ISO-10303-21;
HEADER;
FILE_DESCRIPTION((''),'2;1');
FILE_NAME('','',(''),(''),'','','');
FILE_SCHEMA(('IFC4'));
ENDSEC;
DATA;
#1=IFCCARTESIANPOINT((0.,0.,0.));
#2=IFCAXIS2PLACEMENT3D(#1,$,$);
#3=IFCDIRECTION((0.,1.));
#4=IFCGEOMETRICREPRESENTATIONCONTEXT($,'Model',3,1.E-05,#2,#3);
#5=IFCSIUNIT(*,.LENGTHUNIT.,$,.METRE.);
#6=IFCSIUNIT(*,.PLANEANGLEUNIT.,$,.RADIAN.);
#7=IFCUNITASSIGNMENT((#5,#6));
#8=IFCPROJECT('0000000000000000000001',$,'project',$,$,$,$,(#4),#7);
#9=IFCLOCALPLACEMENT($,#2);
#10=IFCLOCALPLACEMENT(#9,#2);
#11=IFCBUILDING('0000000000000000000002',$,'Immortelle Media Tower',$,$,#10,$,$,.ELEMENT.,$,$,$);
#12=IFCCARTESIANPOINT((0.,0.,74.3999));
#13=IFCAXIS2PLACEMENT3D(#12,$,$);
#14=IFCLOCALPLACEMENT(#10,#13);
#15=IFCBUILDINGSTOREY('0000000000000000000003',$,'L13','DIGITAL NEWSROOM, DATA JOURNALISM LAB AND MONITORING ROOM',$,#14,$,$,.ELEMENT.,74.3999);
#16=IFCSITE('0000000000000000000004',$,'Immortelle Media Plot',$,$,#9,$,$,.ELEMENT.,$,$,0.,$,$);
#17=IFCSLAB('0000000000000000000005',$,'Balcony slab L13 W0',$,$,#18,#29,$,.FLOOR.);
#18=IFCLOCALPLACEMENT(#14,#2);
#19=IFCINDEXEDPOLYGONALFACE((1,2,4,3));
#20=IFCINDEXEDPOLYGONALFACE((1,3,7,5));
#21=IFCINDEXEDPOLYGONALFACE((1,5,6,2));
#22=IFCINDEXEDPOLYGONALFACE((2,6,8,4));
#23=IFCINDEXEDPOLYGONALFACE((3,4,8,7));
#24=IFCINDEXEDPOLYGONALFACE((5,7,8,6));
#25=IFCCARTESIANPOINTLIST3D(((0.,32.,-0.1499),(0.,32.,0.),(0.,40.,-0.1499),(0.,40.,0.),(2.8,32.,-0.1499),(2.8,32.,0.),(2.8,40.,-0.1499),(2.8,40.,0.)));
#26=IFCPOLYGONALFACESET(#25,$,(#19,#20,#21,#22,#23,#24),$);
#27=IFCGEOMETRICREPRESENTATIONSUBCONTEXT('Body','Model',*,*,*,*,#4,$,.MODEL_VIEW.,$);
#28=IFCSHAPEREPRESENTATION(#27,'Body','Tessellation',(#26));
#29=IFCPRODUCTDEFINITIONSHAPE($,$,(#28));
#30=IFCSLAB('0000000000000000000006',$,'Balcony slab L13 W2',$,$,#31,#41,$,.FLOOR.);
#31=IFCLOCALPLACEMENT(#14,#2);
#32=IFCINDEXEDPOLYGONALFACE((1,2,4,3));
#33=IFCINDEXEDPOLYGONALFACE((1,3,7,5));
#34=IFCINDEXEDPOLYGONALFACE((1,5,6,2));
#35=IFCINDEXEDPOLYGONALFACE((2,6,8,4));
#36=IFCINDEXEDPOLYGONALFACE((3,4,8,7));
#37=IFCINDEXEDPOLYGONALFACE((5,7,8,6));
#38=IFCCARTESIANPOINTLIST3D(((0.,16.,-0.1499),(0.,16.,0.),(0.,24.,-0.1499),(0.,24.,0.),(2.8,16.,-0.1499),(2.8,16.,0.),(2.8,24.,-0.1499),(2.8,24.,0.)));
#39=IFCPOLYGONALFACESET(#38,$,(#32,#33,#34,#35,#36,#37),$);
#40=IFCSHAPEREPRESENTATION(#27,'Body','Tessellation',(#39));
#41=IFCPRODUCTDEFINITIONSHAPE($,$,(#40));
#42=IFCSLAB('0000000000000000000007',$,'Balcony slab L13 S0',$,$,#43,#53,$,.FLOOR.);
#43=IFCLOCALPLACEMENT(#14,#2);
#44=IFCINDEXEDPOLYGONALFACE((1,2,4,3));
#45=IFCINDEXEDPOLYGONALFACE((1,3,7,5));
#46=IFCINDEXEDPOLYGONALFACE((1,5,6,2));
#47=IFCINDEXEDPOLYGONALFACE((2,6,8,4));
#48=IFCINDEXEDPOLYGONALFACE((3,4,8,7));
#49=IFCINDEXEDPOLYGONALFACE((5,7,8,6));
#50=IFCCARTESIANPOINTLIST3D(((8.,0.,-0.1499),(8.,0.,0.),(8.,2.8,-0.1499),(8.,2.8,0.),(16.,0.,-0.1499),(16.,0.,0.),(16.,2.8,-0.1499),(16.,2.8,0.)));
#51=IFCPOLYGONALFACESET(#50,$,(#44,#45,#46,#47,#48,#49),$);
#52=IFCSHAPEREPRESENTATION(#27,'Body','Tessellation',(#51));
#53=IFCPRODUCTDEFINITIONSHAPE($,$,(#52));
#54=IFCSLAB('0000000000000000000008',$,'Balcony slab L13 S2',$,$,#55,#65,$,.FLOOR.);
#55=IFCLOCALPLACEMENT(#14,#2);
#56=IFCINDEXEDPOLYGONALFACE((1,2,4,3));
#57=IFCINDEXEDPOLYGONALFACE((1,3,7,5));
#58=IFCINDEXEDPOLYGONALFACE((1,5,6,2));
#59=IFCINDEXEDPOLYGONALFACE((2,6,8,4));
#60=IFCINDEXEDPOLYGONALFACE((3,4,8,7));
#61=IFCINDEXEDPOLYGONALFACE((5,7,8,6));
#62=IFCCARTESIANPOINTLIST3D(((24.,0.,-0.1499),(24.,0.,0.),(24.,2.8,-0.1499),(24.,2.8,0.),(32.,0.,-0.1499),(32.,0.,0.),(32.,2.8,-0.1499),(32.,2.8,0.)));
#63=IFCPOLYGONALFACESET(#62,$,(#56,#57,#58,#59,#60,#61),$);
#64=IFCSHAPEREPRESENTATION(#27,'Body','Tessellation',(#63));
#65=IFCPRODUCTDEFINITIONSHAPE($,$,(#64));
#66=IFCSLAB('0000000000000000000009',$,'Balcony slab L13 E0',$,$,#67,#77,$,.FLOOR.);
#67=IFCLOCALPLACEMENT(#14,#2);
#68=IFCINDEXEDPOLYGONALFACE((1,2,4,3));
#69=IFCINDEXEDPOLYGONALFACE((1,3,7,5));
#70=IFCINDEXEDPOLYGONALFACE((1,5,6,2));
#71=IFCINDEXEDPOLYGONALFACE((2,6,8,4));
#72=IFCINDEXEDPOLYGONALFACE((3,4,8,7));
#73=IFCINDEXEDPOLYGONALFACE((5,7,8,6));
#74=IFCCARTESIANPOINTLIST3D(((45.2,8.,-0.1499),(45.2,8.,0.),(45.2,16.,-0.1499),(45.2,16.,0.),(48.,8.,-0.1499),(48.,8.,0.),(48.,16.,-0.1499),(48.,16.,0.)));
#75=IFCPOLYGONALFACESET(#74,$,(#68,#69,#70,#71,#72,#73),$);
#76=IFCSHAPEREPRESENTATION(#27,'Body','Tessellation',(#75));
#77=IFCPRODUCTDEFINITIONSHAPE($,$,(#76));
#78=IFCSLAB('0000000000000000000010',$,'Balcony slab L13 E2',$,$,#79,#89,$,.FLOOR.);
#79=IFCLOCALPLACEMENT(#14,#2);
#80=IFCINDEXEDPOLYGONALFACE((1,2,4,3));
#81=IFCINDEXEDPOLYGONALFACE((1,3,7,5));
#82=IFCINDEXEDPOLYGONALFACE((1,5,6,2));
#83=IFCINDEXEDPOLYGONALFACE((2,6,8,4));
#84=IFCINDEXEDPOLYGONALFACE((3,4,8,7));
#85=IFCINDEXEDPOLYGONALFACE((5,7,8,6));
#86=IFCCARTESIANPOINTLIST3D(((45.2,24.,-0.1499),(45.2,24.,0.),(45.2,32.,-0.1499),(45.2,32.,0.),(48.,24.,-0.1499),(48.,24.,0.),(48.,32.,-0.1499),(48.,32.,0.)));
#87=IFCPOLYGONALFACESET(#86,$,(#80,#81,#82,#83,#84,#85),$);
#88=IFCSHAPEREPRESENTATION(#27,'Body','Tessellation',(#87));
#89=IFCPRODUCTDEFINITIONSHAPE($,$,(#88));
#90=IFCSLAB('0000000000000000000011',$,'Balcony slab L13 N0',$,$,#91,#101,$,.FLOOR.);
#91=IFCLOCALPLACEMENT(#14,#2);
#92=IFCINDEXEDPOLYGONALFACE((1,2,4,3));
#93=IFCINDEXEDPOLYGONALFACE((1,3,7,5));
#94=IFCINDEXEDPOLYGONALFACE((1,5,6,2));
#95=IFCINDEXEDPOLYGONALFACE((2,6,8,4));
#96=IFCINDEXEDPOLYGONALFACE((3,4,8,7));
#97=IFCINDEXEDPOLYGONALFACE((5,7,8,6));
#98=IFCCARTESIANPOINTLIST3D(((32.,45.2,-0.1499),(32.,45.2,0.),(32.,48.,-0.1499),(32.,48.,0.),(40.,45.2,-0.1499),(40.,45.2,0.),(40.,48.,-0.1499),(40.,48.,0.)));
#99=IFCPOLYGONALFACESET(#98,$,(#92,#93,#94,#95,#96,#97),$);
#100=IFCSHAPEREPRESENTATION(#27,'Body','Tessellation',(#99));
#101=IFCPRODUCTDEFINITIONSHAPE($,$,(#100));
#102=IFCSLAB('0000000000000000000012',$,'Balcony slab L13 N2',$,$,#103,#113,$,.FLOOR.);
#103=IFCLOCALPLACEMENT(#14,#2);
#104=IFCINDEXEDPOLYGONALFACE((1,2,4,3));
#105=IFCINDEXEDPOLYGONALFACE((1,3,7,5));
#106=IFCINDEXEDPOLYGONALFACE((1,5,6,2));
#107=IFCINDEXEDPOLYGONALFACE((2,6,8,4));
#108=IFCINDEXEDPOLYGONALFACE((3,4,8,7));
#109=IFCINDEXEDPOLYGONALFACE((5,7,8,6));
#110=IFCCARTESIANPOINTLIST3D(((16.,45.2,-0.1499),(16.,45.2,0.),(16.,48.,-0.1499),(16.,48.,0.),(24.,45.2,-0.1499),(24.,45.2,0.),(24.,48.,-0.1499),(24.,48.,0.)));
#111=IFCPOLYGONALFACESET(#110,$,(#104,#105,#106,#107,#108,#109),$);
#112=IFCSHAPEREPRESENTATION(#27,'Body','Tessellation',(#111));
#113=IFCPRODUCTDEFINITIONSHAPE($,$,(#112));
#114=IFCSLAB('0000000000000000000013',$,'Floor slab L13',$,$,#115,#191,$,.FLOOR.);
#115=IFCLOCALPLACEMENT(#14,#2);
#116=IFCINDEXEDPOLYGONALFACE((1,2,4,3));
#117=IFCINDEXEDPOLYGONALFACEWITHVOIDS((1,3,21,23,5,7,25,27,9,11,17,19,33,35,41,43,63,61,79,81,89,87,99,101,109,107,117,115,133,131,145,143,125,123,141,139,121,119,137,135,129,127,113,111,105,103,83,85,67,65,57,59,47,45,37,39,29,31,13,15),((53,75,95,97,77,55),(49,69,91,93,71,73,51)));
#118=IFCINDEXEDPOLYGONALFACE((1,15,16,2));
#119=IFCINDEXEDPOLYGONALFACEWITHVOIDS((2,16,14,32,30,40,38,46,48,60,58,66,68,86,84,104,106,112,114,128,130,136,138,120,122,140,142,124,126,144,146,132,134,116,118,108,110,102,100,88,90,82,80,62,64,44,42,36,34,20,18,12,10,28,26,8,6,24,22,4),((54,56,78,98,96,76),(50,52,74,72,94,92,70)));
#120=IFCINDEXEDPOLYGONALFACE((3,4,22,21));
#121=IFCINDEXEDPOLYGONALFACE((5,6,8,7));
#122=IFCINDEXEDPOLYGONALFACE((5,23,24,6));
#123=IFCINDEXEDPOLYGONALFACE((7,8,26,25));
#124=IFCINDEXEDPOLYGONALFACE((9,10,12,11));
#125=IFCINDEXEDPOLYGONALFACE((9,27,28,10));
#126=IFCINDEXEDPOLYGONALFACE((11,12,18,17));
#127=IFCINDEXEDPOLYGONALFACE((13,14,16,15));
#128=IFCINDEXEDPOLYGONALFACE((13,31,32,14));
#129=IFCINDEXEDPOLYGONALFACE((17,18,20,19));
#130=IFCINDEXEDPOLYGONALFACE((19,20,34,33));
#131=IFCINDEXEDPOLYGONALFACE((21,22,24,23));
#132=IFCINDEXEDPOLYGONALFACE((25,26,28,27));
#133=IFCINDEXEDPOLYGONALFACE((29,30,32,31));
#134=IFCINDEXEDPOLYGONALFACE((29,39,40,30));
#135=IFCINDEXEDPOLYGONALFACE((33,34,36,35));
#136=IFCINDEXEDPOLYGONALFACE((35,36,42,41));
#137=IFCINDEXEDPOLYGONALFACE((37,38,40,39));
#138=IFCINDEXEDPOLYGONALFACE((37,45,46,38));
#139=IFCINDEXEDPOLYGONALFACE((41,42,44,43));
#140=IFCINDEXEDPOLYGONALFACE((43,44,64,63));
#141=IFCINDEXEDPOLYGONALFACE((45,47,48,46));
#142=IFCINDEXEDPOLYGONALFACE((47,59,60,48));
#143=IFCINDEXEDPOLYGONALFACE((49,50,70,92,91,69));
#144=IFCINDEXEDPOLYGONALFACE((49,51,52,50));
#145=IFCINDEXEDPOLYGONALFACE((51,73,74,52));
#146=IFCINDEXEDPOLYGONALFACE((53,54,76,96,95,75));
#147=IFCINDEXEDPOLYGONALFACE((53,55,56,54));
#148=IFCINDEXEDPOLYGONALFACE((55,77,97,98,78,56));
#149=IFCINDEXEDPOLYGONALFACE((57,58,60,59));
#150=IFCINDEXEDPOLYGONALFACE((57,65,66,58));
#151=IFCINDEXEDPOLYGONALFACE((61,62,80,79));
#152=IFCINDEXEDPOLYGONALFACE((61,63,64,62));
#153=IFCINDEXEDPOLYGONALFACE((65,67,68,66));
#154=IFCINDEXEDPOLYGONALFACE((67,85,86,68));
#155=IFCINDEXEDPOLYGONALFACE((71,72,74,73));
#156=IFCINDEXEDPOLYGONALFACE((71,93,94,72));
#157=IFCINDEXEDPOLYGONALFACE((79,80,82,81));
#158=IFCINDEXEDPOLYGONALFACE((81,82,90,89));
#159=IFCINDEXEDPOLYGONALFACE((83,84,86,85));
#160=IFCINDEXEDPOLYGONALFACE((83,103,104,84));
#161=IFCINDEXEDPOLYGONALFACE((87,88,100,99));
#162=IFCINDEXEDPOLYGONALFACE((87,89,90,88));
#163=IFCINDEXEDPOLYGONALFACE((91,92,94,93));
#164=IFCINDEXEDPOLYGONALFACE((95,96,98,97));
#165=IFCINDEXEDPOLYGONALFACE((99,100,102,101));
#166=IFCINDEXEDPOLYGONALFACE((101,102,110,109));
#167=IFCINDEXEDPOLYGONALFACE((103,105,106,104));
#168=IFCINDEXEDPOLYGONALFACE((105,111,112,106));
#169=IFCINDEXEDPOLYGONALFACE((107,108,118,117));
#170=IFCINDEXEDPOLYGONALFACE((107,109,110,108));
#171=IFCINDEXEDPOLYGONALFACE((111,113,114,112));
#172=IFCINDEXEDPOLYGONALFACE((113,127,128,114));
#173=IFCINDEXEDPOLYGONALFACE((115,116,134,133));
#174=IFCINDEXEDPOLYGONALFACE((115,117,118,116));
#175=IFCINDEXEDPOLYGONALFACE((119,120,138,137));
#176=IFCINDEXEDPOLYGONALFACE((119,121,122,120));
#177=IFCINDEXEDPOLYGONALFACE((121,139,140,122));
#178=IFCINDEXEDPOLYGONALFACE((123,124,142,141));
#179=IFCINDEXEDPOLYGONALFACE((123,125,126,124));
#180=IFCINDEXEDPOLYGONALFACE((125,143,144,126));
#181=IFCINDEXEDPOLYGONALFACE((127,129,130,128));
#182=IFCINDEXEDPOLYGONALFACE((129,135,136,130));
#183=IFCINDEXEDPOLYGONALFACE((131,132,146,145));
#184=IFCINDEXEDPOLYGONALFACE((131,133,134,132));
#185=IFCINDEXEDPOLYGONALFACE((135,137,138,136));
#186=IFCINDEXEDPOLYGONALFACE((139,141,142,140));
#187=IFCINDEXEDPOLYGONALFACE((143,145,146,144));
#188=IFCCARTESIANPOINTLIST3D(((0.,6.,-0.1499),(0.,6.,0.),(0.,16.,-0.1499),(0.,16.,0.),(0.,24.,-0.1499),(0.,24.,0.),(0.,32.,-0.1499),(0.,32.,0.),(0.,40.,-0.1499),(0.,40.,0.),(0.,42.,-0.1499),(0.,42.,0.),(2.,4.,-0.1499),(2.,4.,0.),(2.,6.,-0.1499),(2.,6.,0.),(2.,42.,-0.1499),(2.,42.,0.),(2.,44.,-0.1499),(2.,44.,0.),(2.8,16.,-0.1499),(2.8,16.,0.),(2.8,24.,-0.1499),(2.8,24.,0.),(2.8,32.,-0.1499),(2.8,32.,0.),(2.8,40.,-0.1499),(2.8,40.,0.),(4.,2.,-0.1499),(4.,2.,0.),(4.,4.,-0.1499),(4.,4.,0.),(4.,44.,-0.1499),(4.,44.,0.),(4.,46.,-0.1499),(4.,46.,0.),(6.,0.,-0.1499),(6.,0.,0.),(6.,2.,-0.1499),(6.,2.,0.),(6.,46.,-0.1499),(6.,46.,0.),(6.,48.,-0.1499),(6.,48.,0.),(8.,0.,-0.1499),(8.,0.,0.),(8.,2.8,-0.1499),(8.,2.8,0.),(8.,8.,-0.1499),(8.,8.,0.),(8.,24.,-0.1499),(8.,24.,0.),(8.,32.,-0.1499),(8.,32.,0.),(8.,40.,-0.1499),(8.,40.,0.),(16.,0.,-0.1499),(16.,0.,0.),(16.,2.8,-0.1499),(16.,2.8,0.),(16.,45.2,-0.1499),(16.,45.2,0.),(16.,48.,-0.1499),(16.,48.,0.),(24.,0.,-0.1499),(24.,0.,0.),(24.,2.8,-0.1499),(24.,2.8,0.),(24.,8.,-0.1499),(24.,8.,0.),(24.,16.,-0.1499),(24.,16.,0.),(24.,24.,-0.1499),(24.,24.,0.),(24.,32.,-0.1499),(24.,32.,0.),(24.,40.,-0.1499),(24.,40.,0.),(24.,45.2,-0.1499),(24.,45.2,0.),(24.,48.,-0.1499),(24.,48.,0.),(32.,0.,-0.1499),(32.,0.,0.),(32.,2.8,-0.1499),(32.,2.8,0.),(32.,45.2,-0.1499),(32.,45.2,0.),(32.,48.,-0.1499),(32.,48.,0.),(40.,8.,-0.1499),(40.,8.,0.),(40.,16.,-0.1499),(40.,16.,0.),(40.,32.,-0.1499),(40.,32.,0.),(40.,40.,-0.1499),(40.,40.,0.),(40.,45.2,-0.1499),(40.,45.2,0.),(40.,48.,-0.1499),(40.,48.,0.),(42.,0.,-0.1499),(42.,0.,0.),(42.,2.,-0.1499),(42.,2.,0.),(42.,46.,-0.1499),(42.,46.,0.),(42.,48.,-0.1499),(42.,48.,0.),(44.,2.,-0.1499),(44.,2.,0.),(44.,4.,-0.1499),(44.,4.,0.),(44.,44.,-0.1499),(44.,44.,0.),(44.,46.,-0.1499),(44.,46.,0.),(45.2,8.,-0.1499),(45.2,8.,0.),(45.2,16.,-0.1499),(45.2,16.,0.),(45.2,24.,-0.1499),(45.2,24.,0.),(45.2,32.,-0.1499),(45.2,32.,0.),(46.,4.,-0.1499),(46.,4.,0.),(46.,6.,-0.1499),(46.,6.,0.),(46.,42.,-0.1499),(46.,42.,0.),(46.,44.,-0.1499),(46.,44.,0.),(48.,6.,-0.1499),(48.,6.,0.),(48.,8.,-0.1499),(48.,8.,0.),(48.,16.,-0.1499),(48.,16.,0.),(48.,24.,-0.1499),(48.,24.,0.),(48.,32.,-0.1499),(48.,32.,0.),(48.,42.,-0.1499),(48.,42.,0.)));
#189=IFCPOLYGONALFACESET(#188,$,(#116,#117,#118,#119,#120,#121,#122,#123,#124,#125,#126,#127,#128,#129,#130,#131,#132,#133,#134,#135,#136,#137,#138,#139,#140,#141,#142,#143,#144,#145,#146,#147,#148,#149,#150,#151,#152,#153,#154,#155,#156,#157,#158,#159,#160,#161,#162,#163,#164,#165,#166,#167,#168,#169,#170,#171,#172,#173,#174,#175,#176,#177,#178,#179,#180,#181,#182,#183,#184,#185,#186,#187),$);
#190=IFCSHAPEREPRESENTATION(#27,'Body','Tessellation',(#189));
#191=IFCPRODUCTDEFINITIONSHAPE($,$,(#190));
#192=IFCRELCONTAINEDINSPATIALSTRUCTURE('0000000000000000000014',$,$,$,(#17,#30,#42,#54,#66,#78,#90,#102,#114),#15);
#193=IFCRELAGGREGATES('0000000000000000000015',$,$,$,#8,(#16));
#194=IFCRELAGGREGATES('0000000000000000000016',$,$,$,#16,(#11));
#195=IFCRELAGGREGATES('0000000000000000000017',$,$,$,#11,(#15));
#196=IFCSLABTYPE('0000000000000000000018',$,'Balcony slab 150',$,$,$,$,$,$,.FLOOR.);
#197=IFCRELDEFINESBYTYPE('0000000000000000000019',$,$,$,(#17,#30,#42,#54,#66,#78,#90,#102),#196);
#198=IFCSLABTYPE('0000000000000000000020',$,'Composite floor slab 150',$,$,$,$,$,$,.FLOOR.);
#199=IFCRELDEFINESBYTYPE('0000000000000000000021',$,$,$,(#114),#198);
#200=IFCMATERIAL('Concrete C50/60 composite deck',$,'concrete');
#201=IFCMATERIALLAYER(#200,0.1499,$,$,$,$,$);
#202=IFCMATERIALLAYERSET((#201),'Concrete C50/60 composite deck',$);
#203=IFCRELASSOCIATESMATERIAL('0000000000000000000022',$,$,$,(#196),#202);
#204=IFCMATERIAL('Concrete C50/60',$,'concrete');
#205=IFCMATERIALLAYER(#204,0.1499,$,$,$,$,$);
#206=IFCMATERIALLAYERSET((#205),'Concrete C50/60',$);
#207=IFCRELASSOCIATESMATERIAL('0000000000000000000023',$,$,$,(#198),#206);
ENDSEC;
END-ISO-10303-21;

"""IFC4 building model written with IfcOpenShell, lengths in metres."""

from ifc_helpers import new_model, si_unit, direction, frame, origin, place, context, subcontext, project, spatial, polyline, outline, extrude, material, layer, layer_set, type_object, element, save


model = new_model("IFC4")

# Units and contexts
model_context = context("Model", 3, precision=1e-05, world=origin(), true_north=direction((0.0, 1.0)))
body_context = subcontext(model_context, "Body", "Model", "MODEL_VIEW")
ifc_project = project(units=[si_unit("LENGTHUNIT", "METRE"), si_unit("PLANEANGLEUNIT", "RADIAN")], contexts=[model_context])

# Site, building, storey
site_placement = place(None, origin())
site = spatial("IfcSite", under=ifc_project, at=site_placement, Name="Immortelle Media Plot", CompositionType="ELEMENT", RefElevation=0.0)
building_placement = place(site_placement, origin())
building = spatial("IfcBuilding", under=site, at=building_placement, Name="Immortelle Media Tower", CompositionType="ELEMENT")
storey_placement = place(building_placement, frame((0.0, 0.0, 74.3999)))
storey = spatial("IfcBuildingStorey", under=building, at=storey_placement, Name="L13", Description="DIGITAL NEWSROOM, DATA JOURNALISM LAB AND MONITORING ROOM", CompositionType="ELEMENT", Elevation=74.3999)

# Slabs
ifc_material_1 = material(Name="Concrete C50/60 composite deck", Category="concrete")
ifc_layer_1 = layer(ifc_material_1, 0.1499)
ifc_layer_set_1 = layer_set([ifc_layer_1], Name="Concrete C50/60 composite deck")
slab_type_1 = type_object("IfcSlabType", Name="Balcony slab 150", PredefinedType="FLOOR", material=ifc_layer_set_1)
slab_1_placement = place(storey_placement, frame((0.0, 0.0, -0.1499)))
element("IfcSlab", 1, at=slab_1_placement, inside=storey, type_object=slab_type_1, Name="Balcony slab L13 W0", PredefinedType="FLOOR", context=body_context, shape_type="SweptSolid", body=[
    extrude(outline(polyline([(2.8, 32.0), (2.8, 40.0), (0.0, 40.0), (0.0, 32.0), (2.8, 32.0)])), origin(), (0.0, 0.0, 1.0), 0.1499),
])
slab_2_placement = place(storey_placement, frame((0.0, 0.0, -0.1499)))
element("IfcSlab", 2, at=slab_2_placement, inside=storey, type_object=slab_type_1, Name="Balcony slab L13 W2", PredefinedType="FLOOR", context=body_context, shape_type="SweptSolid", body=[
    extrude(outline(polyline([(2.8, 16.0), (2.8, 24.0), (0.0, 24.0), (0.0, 16.0), (2.8, 16.0)])), origin(), (0.0, 0.0, 1.0), 0.1499),
])
slab_3_placement = place(storey_placement, frame((0.0, 0.0, -0.1499)))
element("IfcSlab", 3, at=slab_3_placement, inside=storey, type_object=slab_type_1, Name="Balcony slab L13 S0", PredefinedType="FLOOR", context=body_context, shape_type="SweptSolid", body=[
    extrude(outline(polyline([(16.0, 0.0), (16.0, 2.8), (8.0, 2.8), (8.0, 0.0), (16.0, 0.0)])), origin(), (0.0, 0.0, 1.0), 0.1499),
])
slab_4_placement = place(storey_placement, frame((0.0, 0.0, -0.1499)))
element("IfcSlab", 4, at=slab_4_placement, inside=storey, type_object=slab_type_1, Name="Balcony slab L13 S2", PredefinedType="FLOOR", context=body_context, shape_type="SweptSolid", body=[
    extrude(outline(polyline([(32.0, 0.0), (32.0, 2.8), (24.0, 2.8), (24.0, 0.0), (32.0, 0.0)])), origin(), (0.0, 0.0, 1.0), 0.1499),
])
slab_5_placement = place(storey_placement, frame((0.0, 0.0, -0.1499)))
element("IfcSlab", 5, at=slab_5_placement, inside=storey, type_object=slab_type_1, Name="Balcony slab L13 E0", PredefinedType="FLOOR", context=body_context, shape_type="SweptSolid", body=[
    extrude(outline(polyline([(48.0, 8.0), (48.0, 16.0), (45.2, 16.0), (45.2, 8.0), (48.0, 8.0)])), origin(), (0.0, 0.0, 1.0), 0.1499),
])
slab_6_placement = place(storey_placement, frame((0.0, 0.0, -0.1499)))
element("IfcSlab", 6, at=slab_6_placement, inside=storey, type_object=slab_type_1, Name="Balcony slab L13 E2", PredefinedType="FLOOR", context=body_context, shape_type="SweptSolid", body=[
    extrude(outline(polyline([(48.0, 24.0), (48.0, 32.0), (45.2, 32.0), (45.2, 24.0), (48.0, 24.0)])), origin(), (0.0, 0.0, 1.0), 0.1499),
])
slab_7_placement = place(storey_placement, frame((0.0, 0.0, -0.1499)))
element("IfcSlab", 7, at=slab_7_placement, inside=storey, type_object=slab_type_1, Name="Balcony slab L13 N0", PredefinedType="FLOOR", context=body_context, shape_type="SweptSolid", body=[
    extrude(outline(polyline([(40.0, 45.2), (40.0, 48.0), (32.0, 48.0), (32.0, 45.2), (40.0, 45.2)])), origin(), (0.0, 0.0, 1.0), 0.1499),
])
slab_8_placement = place(storey_placement, frame((0.0, 0.0, -0.1499)))
element("IfcSlab", 8, at=slab_8_placement, inside=storey, type_object=slab_type_1, Name="Balcony slab L13 N2", PredefinedType="FLOOR", context=body_context, shape_type="SweptSolid", body=[
    extrude(outline(polyline([(24.0, 45.2), (24.0, 48.0), (16.0, 48.0), (16.0, 45.2), (24.0, 45.2)])), origin(), (0.0, 0.0, 1.0), 0.1499),
])
ifc_material_2 = material(Name="Concrete C50/60", Category="concrete")
ifc_layer_2 = layer(ifc_material_2, 0.1499)
ifc_layer_set_2 = layer_set([ifc_layer_2], Name="Concrete C50/60")
slab_type_2 = type_object("IfcSlabType", Name="Composite floor slab 150", PredefinedType="FLOOR", material=ifc_layer_set_2)
slab_9_placement = place(storey_placement, frame((0.0, 0.0, -0.1499)))
element("IfcSlab", 9, at=slab_9_placement, inside=storey, type_object=slab_type_2, Name="Floor slab L13", PredefinedType="FLOOR", context=body_context, shape_type="SweptSolid", body=[
    extrude(outline(polyline([(6.0, 0.0), (6.0, 2.0), (4.0, 2.0), (4.0, 4.0), (2.0, 4.0), (2.0, 6.0), (0.0, 6.0), (0.0, 16.0), (2.8, 16.0), (2.8, 24.0), (0.0, 24.0), (0.0, 32.0), (2.8, 32.0), (2.8, 40.0), (0.0, 40.0), (0.0, 42.0), (2.0, 42.0), (2.0, 44.0), (4.0, 44.0), (4.0, 46.0), (6.0, 46.0), (6.0, 48.0), (16.0, 48.0), (16.0, 45.2), (24.0, 45.2), (24.0, 48.0), (32.0, 48.0), (32.0, 45.2), (40.0, 45.2), (40.0, 48.0), (42.0, 48.0), (42.0, 46.0), (44.0, 46.0), (44.0, 44.0), (46.0, 44.0), (46.0, 42.0), (48.0, 42.0), (48.0, 32.0), (45.2, 32.0), (45.2, 24.0), (48.0, 24.0), (48.0, 16.0), (45.2, 16.0), (45.2, 8.0), (48.0, 8.0), (48.0, 6.0), (46.0, 6.0), (46.0, 4.0), (44.0, 4.0), (44.0, 2.0), (42.0, 2.0), (42.0, 0.0), (32.0, 0.0), (32.0, 2.8), (24.0, 2.8), (24.0, 0.0), (16.0, 0.0), (16.0, 2.8), (8.0, 2.8), (8.0, 0.0), (6.0, 0.0)]), holes=[polyline([(24.0, 24.0), (8.0, 24.0), (8.0, 8.0), (24.0, 8.0), (40.0, 8.0), (40.0, 16.0), (24.0, 16.0), (24.0, 24.0)]), polyline([(24.0, 32.0), (40.0, 32.0), (40.0, 40.0), (24.0, 40.0), (8.0, 40.0), (8.0, 32.0), (24.0, 32.0)])]), origin(), (0.0, 0.0, 1.0), 0.1499),
])

save(model, "model.ifc")
